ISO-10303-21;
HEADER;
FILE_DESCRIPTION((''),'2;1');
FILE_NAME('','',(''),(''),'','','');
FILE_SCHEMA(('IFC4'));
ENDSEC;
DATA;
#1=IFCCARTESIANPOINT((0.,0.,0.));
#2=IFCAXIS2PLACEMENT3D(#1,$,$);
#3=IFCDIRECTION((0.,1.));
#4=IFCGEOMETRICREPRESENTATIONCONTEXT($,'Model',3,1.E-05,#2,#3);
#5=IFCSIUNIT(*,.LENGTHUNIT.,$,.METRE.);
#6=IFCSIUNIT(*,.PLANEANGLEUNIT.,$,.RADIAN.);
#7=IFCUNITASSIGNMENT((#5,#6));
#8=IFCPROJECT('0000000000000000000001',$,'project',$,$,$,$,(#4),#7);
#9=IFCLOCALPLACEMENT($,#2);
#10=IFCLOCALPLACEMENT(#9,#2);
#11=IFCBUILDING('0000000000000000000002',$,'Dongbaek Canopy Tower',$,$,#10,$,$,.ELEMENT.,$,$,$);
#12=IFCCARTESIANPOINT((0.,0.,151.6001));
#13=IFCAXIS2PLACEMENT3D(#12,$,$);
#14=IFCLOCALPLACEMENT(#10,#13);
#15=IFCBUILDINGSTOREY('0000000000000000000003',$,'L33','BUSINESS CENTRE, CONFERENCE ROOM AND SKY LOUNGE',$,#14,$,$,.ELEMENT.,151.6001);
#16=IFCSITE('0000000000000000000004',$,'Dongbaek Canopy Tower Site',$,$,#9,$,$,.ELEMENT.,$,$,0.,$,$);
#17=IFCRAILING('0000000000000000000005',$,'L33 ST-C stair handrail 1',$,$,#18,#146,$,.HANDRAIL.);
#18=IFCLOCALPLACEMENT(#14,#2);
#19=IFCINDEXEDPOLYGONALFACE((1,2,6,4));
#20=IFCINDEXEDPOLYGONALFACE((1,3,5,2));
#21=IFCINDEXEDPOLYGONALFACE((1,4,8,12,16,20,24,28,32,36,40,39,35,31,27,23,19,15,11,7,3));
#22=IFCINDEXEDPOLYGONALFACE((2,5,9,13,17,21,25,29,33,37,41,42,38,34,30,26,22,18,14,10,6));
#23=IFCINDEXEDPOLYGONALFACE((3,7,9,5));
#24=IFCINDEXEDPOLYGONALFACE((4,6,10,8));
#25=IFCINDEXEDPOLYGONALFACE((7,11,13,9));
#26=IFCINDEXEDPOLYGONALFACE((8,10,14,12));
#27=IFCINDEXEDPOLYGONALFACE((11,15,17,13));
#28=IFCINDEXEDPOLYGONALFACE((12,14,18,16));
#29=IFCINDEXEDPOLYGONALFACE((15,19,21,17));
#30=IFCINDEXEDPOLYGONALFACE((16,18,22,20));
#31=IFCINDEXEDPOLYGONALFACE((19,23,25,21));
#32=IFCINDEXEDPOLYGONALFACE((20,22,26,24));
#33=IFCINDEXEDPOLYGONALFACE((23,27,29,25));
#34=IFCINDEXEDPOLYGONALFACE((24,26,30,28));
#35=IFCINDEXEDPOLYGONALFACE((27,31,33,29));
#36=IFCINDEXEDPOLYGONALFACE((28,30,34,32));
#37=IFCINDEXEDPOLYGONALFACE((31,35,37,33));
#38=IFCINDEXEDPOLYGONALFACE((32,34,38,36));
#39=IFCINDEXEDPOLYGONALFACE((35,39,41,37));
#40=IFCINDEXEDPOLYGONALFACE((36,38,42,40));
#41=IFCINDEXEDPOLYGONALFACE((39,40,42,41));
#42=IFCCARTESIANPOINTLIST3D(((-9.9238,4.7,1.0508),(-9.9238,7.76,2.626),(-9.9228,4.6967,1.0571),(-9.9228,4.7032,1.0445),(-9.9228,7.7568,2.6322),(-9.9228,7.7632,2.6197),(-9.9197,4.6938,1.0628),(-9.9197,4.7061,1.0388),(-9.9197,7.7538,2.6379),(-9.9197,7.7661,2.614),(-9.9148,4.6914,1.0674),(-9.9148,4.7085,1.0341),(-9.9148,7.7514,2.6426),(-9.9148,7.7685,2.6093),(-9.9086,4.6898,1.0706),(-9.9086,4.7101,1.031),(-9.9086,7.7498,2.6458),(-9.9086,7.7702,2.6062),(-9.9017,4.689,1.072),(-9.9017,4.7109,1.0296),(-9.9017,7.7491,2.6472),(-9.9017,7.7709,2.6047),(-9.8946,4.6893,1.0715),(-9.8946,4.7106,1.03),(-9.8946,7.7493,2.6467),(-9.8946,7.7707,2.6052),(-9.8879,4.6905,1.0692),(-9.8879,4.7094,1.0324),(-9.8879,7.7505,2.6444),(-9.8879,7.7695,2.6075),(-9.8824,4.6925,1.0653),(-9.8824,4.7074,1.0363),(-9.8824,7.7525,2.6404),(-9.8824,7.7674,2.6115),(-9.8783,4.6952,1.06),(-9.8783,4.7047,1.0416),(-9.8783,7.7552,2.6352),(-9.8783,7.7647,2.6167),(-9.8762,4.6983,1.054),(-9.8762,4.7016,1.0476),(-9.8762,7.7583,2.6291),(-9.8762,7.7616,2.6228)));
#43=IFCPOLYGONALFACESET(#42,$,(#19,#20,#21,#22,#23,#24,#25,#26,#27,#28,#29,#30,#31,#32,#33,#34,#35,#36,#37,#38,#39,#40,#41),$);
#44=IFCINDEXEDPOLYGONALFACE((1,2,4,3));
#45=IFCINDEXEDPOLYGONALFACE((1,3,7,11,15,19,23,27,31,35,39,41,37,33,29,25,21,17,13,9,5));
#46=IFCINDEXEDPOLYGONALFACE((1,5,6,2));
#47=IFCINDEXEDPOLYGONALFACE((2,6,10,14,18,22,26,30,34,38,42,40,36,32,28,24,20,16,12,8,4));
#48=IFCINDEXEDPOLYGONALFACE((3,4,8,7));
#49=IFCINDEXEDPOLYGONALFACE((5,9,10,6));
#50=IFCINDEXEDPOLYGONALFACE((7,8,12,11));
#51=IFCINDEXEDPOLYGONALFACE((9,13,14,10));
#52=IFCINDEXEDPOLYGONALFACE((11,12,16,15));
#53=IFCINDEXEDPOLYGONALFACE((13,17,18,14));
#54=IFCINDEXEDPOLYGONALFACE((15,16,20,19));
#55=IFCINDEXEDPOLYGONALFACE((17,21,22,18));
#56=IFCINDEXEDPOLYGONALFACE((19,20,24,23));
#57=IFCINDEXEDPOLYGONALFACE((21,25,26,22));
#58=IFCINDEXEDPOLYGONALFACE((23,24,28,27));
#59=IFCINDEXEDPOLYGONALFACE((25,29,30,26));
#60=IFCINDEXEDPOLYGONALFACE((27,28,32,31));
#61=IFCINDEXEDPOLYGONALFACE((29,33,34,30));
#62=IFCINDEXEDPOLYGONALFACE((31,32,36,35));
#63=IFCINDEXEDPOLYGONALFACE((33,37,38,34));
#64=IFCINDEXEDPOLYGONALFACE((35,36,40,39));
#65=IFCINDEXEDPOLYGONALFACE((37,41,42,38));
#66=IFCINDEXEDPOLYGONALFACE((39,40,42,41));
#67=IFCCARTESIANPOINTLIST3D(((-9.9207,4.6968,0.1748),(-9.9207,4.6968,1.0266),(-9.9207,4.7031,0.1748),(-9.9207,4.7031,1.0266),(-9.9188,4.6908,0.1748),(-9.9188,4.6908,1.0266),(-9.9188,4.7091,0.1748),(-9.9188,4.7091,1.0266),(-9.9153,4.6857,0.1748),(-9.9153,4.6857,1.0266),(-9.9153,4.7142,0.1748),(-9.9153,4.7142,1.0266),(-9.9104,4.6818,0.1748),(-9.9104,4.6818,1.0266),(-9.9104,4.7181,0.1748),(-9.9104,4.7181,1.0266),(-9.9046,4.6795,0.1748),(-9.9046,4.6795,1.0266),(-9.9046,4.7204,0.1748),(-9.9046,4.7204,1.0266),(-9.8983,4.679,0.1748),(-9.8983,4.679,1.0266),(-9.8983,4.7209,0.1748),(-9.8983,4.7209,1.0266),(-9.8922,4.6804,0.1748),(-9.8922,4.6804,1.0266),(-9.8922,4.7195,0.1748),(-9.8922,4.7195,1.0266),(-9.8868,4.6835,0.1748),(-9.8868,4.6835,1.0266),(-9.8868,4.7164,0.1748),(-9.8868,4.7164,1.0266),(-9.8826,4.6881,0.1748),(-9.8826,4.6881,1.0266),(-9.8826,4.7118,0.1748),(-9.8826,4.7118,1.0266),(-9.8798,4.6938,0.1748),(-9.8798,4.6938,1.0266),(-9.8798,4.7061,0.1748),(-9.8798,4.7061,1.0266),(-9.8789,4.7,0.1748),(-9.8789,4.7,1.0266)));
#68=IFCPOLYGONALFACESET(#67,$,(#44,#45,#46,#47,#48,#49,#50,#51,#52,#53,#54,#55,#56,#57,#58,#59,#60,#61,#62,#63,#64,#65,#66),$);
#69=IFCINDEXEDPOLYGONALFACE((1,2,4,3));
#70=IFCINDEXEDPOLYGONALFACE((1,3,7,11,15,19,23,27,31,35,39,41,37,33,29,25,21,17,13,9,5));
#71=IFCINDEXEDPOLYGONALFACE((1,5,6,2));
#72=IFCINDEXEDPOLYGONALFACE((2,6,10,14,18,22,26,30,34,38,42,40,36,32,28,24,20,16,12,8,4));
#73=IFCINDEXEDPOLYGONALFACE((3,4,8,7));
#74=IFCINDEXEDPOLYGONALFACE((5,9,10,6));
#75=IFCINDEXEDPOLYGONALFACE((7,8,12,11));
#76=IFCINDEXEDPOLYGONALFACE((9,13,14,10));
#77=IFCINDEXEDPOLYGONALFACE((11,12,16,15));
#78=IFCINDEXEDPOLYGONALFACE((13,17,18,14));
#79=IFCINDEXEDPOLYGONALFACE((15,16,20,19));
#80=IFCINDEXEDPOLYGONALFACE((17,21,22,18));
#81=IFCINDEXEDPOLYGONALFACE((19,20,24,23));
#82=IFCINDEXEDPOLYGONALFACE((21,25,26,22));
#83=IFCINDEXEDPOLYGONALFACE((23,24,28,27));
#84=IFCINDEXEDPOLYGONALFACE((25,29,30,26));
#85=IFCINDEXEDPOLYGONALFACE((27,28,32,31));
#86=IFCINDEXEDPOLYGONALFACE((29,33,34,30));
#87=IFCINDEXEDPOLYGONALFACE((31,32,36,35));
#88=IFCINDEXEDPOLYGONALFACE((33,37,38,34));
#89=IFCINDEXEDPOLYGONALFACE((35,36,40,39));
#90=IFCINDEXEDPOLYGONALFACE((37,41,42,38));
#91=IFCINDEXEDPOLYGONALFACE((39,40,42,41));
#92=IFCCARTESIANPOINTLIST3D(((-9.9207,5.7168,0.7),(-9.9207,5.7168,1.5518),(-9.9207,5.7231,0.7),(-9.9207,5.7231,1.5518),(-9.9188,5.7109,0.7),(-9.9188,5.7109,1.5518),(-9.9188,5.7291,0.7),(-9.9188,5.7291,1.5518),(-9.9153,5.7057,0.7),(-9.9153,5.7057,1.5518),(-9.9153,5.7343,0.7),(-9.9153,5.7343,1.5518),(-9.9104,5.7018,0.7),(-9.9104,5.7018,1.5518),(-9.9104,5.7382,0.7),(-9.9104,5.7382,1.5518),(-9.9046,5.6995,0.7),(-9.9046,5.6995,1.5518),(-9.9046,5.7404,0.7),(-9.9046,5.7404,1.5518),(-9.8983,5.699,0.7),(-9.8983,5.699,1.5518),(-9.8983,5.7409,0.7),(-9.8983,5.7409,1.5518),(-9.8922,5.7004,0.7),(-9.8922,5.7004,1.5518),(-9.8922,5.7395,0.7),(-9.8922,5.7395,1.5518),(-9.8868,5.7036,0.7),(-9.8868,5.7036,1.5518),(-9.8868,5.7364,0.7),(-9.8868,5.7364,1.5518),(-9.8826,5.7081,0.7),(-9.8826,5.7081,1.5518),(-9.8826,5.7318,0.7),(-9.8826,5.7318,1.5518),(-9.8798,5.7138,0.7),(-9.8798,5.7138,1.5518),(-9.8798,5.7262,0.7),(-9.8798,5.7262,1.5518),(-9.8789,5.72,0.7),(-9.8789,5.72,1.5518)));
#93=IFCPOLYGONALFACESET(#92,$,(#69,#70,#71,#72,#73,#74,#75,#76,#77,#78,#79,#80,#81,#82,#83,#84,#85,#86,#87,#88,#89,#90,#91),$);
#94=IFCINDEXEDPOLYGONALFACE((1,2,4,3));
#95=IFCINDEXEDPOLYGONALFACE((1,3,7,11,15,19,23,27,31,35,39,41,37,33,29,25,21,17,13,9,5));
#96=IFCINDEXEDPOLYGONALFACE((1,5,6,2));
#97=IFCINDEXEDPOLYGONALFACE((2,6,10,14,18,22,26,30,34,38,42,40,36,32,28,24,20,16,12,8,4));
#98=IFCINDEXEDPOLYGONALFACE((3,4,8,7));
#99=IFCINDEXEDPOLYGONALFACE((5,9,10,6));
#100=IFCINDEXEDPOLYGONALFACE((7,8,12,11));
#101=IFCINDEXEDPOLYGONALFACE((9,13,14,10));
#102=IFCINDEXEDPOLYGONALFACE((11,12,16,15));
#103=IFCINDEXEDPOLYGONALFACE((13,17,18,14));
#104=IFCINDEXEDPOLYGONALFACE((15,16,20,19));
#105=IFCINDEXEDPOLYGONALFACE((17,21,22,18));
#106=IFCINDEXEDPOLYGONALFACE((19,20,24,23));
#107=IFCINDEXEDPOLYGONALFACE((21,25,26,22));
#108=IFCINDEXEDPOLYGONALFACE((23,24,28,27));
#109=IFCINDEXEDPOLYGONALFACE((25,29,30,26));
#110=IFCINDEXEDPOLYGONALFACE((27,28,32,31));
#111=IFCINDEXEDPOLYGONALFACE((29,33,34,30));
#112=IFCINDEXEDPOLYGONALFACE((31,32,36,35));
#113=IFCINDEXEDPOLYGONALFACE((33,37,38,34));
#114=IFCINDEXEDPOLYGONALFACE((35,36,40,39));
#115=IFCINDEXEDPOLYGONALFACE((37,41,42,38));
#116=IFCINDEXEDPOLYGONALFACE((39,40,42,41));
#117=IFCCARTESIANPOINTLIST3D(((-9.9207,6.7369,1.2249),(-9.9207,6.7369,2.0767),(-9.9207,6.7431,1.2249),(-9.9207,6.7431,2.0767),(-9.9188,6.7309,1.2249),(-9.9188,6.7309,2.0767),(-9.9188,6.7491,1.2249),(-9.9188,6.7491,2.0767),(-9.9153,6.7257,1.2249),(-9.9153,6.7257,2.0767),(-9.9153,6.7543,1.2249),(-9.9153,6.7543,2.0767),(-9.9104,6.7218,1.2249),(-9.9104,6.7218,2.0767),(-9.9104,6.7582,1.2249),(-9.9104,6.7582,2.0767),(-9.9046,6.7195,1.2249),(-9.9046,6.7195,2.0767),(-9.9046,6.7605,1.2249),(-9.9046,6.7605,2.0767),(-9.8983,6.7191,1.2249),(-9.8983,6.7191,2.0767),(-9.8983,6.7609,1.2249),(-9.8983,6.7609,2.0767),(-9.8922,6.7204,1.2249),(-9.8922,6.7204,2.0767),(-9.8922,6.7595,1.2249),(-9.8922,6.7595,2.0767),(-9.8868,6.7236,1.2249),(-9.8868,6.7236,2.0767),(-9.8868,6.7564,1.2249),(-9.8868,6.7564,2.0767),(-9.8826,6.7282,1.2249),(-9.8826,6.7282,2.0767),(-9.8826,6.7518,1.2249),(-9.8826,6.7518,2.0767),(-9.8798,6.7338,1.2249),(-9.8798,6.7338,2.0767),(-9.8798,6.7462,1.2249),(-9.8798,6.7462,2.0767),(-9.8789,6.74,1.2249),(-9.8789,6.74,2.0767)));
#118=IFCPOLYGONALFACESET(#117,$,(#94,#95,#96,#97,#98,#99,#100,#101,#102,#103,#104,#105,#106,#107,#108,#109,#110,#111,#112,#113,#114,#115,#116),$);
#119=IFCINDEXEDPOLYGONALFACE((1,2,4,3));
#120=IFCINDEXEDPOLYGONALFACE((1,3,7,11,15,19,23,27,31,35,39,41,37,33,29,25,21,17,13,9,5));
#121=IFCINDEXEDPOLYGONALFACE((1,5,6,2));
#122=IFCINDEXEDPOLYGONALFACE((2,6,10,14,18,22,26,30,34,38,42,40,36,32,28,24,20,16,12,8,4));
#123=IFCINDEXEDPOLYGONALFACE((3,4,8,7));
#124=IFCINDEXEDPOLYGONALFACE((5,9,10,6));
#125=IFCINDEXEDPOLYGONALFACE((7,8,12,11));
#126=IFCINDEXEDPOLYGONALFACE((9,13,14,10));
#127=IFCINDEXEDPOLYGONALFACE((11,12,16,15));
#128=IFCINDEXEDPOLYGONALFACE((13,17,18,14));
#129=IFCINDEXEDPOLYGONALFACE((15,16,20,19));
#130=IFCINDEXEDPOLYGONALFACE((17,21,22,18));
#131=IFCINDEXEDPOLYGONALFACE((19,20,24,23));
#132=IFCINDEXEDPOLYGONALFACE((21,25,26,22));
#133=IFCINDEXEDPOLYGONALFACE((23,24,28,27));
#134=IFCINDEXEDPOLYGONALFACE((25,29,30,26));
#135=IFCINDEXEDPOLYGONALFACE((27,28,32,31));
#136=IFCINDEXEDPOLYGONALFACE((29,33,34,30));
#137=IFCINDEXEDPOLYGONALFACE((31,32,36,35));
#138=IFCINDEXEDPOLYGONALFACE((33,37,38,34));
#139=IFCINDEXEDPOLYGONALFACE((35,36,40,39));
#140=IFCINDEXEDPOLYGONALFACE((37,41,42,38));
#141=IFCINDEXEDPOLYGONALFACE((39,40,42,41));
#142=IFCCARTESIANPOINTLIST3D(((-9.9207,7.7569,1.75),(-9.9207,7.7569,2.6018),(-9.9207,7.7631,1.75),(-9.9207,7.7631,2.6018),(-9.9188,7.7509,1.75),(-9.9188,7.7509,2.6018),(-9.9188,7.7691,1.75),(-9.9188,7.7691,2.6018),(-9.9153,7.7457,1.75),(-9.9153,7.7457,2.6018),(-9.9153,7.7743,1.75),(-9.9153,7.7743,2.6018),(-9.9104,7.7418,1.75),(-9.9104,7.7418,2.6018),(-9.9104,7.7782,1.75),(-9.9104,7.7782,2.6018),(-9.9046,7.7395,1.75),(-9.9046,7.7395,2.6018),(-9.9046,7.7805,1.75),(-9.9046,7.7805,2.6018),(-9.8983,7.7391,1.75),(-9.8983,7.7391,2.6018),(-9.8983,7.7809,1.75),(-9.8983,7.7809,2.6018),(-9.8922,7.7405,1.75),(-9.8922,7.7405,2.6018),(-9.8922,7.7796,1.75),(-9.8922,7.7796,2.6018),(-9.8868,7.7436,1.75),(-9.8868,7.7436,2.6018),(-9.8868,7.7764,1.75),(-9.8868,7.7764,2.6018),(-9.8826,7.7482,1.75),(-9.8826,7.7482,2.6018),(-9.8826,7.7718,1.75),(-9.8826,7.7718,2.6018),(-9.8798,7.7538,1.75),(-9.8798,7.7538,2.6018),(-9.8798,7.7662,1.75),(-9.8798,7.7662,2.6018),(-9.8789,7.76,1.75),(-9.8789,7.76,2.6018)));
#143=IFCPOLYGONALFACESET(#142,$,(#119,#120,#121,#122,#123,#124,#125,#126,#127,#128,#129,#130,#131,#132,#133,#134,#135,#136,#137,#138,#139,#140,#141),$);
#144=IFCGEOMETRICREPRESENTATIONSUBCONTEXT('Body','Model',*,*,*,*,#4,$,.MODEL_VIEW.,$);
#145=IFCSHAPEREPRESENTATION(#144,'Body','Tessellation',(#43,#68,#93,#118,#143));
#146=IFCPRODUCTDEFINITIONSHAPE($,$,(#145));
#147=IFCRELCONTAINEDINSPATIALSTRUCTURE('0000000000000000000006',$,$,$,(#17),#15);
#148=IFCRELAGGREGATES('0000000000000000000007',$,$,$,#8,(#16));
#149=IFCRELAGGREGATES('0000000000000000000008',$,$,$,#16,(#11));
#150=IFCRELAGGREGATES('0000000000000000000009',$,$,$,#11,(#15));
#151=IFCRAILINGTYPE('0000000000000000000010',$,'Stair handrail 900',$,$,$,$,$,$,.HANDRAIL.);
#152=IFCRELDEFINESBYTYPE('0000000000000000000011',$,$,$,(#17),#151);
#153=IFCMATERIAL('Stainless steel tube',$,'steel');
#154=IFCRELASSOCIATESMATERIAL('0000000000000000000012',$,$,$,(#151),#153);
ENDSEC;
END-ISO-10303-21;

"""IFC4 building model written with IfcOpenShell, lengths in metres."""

from ifc_helpers import new_model, si_unit, direction, frame, origin, origin_2d, place, context, subcontext, project, spatial, circle, extrude, material, type_object, element, save


model = new_model("IFC4")

# Units and contexts
model_context = context("Model", 3, precision=1e-05, world=origin(), true_north=direction((0.0, 1.0)))
body_context = subcontext(model_context, "Body", "Model", "MODEL_VIEW")
ifc_project = project(units=[si_unit("LENGTHUNIT", "METRE"), si_unit("PLANEANGLEUNIT", "RADIAN")], contexts=[model_context])

# Site, building, storey
site_placement = place(None, origin())
site = spatial("IfcSite", under=ifc_project, at=site_placement, Name="Dongbaek Canopy Tower Site", CompositionType="ELEMENT", RefElevation=0.0)
building_placement = place(site_placement, origin())
building = spatial("IfcBuilding", under=site, at=building_placement, Name="Dongbaek Canopy Tower", CompositionType="ELEMENT")
storey_placement = place(building_placement, frame((0.0, 0.0, 151.6001)))
storey = spatial("IfcBuildingStorey", under=building, at=storey_placement, Name="L33", Description="BUSINESS CENTRE, CONFERENCE ROOM AND SKY LOUNGE", CompositionType="ELEMENT", Elevation=151.6001)

# Railing
ifc_material_1 = material(Name="Stainless steel tube", Category="steel")
railing_type_1 = type_object("IfcRailingType", Name="Stair handrail 900", PredefinedType="HANDRAIL", material=ifc_material_1)
for number, where, name in (
    (1, (-9.8999, 4.7, 0.1748), "L33 ST-C stair handrail 1"),
):
    element("IfcRailing", number, at=place(storey_placement, frame(where)), inside=storey, type_object=railing_type_1, Name=name, PredefinedType="HANDRAIL", context=body_context, shape_type="SweptSolid", body=[
        extrude(circle(Radius=0.0239, at=origin_2d()), frame((0.0, 0.0, 0.876), z_axis=(0.0, 0.889116, 0.457681), x_axis=(-1.0, 0.0, 0.0)), (0.0, 0.0, 1.0), 3.4417),
        extrude(circle(Radius=0.021, at=origin_2d()), origin(), (0.0, 0.0, 1.0), 0.8518),
        extrude(circle(Radius=0.021, at=origin_2d()), frame((0.0, 1.02, 0.5251)), (0.0, 0.0, 1.0), 0.8518),
        extrude(circle(Radius=0.021, at=origin_2d()), frame((0.0, 2.04, 1.05)), (0.0, 0.0, 1.0), 0.8518),
        extrude(circle(Radius=0.021, at=origin_2d()), frame((0.0, 3.0601, 1.5752)), (0.0, 0.0, 1.0), 0.8518),
    ])

save(model, "model.ifc")
